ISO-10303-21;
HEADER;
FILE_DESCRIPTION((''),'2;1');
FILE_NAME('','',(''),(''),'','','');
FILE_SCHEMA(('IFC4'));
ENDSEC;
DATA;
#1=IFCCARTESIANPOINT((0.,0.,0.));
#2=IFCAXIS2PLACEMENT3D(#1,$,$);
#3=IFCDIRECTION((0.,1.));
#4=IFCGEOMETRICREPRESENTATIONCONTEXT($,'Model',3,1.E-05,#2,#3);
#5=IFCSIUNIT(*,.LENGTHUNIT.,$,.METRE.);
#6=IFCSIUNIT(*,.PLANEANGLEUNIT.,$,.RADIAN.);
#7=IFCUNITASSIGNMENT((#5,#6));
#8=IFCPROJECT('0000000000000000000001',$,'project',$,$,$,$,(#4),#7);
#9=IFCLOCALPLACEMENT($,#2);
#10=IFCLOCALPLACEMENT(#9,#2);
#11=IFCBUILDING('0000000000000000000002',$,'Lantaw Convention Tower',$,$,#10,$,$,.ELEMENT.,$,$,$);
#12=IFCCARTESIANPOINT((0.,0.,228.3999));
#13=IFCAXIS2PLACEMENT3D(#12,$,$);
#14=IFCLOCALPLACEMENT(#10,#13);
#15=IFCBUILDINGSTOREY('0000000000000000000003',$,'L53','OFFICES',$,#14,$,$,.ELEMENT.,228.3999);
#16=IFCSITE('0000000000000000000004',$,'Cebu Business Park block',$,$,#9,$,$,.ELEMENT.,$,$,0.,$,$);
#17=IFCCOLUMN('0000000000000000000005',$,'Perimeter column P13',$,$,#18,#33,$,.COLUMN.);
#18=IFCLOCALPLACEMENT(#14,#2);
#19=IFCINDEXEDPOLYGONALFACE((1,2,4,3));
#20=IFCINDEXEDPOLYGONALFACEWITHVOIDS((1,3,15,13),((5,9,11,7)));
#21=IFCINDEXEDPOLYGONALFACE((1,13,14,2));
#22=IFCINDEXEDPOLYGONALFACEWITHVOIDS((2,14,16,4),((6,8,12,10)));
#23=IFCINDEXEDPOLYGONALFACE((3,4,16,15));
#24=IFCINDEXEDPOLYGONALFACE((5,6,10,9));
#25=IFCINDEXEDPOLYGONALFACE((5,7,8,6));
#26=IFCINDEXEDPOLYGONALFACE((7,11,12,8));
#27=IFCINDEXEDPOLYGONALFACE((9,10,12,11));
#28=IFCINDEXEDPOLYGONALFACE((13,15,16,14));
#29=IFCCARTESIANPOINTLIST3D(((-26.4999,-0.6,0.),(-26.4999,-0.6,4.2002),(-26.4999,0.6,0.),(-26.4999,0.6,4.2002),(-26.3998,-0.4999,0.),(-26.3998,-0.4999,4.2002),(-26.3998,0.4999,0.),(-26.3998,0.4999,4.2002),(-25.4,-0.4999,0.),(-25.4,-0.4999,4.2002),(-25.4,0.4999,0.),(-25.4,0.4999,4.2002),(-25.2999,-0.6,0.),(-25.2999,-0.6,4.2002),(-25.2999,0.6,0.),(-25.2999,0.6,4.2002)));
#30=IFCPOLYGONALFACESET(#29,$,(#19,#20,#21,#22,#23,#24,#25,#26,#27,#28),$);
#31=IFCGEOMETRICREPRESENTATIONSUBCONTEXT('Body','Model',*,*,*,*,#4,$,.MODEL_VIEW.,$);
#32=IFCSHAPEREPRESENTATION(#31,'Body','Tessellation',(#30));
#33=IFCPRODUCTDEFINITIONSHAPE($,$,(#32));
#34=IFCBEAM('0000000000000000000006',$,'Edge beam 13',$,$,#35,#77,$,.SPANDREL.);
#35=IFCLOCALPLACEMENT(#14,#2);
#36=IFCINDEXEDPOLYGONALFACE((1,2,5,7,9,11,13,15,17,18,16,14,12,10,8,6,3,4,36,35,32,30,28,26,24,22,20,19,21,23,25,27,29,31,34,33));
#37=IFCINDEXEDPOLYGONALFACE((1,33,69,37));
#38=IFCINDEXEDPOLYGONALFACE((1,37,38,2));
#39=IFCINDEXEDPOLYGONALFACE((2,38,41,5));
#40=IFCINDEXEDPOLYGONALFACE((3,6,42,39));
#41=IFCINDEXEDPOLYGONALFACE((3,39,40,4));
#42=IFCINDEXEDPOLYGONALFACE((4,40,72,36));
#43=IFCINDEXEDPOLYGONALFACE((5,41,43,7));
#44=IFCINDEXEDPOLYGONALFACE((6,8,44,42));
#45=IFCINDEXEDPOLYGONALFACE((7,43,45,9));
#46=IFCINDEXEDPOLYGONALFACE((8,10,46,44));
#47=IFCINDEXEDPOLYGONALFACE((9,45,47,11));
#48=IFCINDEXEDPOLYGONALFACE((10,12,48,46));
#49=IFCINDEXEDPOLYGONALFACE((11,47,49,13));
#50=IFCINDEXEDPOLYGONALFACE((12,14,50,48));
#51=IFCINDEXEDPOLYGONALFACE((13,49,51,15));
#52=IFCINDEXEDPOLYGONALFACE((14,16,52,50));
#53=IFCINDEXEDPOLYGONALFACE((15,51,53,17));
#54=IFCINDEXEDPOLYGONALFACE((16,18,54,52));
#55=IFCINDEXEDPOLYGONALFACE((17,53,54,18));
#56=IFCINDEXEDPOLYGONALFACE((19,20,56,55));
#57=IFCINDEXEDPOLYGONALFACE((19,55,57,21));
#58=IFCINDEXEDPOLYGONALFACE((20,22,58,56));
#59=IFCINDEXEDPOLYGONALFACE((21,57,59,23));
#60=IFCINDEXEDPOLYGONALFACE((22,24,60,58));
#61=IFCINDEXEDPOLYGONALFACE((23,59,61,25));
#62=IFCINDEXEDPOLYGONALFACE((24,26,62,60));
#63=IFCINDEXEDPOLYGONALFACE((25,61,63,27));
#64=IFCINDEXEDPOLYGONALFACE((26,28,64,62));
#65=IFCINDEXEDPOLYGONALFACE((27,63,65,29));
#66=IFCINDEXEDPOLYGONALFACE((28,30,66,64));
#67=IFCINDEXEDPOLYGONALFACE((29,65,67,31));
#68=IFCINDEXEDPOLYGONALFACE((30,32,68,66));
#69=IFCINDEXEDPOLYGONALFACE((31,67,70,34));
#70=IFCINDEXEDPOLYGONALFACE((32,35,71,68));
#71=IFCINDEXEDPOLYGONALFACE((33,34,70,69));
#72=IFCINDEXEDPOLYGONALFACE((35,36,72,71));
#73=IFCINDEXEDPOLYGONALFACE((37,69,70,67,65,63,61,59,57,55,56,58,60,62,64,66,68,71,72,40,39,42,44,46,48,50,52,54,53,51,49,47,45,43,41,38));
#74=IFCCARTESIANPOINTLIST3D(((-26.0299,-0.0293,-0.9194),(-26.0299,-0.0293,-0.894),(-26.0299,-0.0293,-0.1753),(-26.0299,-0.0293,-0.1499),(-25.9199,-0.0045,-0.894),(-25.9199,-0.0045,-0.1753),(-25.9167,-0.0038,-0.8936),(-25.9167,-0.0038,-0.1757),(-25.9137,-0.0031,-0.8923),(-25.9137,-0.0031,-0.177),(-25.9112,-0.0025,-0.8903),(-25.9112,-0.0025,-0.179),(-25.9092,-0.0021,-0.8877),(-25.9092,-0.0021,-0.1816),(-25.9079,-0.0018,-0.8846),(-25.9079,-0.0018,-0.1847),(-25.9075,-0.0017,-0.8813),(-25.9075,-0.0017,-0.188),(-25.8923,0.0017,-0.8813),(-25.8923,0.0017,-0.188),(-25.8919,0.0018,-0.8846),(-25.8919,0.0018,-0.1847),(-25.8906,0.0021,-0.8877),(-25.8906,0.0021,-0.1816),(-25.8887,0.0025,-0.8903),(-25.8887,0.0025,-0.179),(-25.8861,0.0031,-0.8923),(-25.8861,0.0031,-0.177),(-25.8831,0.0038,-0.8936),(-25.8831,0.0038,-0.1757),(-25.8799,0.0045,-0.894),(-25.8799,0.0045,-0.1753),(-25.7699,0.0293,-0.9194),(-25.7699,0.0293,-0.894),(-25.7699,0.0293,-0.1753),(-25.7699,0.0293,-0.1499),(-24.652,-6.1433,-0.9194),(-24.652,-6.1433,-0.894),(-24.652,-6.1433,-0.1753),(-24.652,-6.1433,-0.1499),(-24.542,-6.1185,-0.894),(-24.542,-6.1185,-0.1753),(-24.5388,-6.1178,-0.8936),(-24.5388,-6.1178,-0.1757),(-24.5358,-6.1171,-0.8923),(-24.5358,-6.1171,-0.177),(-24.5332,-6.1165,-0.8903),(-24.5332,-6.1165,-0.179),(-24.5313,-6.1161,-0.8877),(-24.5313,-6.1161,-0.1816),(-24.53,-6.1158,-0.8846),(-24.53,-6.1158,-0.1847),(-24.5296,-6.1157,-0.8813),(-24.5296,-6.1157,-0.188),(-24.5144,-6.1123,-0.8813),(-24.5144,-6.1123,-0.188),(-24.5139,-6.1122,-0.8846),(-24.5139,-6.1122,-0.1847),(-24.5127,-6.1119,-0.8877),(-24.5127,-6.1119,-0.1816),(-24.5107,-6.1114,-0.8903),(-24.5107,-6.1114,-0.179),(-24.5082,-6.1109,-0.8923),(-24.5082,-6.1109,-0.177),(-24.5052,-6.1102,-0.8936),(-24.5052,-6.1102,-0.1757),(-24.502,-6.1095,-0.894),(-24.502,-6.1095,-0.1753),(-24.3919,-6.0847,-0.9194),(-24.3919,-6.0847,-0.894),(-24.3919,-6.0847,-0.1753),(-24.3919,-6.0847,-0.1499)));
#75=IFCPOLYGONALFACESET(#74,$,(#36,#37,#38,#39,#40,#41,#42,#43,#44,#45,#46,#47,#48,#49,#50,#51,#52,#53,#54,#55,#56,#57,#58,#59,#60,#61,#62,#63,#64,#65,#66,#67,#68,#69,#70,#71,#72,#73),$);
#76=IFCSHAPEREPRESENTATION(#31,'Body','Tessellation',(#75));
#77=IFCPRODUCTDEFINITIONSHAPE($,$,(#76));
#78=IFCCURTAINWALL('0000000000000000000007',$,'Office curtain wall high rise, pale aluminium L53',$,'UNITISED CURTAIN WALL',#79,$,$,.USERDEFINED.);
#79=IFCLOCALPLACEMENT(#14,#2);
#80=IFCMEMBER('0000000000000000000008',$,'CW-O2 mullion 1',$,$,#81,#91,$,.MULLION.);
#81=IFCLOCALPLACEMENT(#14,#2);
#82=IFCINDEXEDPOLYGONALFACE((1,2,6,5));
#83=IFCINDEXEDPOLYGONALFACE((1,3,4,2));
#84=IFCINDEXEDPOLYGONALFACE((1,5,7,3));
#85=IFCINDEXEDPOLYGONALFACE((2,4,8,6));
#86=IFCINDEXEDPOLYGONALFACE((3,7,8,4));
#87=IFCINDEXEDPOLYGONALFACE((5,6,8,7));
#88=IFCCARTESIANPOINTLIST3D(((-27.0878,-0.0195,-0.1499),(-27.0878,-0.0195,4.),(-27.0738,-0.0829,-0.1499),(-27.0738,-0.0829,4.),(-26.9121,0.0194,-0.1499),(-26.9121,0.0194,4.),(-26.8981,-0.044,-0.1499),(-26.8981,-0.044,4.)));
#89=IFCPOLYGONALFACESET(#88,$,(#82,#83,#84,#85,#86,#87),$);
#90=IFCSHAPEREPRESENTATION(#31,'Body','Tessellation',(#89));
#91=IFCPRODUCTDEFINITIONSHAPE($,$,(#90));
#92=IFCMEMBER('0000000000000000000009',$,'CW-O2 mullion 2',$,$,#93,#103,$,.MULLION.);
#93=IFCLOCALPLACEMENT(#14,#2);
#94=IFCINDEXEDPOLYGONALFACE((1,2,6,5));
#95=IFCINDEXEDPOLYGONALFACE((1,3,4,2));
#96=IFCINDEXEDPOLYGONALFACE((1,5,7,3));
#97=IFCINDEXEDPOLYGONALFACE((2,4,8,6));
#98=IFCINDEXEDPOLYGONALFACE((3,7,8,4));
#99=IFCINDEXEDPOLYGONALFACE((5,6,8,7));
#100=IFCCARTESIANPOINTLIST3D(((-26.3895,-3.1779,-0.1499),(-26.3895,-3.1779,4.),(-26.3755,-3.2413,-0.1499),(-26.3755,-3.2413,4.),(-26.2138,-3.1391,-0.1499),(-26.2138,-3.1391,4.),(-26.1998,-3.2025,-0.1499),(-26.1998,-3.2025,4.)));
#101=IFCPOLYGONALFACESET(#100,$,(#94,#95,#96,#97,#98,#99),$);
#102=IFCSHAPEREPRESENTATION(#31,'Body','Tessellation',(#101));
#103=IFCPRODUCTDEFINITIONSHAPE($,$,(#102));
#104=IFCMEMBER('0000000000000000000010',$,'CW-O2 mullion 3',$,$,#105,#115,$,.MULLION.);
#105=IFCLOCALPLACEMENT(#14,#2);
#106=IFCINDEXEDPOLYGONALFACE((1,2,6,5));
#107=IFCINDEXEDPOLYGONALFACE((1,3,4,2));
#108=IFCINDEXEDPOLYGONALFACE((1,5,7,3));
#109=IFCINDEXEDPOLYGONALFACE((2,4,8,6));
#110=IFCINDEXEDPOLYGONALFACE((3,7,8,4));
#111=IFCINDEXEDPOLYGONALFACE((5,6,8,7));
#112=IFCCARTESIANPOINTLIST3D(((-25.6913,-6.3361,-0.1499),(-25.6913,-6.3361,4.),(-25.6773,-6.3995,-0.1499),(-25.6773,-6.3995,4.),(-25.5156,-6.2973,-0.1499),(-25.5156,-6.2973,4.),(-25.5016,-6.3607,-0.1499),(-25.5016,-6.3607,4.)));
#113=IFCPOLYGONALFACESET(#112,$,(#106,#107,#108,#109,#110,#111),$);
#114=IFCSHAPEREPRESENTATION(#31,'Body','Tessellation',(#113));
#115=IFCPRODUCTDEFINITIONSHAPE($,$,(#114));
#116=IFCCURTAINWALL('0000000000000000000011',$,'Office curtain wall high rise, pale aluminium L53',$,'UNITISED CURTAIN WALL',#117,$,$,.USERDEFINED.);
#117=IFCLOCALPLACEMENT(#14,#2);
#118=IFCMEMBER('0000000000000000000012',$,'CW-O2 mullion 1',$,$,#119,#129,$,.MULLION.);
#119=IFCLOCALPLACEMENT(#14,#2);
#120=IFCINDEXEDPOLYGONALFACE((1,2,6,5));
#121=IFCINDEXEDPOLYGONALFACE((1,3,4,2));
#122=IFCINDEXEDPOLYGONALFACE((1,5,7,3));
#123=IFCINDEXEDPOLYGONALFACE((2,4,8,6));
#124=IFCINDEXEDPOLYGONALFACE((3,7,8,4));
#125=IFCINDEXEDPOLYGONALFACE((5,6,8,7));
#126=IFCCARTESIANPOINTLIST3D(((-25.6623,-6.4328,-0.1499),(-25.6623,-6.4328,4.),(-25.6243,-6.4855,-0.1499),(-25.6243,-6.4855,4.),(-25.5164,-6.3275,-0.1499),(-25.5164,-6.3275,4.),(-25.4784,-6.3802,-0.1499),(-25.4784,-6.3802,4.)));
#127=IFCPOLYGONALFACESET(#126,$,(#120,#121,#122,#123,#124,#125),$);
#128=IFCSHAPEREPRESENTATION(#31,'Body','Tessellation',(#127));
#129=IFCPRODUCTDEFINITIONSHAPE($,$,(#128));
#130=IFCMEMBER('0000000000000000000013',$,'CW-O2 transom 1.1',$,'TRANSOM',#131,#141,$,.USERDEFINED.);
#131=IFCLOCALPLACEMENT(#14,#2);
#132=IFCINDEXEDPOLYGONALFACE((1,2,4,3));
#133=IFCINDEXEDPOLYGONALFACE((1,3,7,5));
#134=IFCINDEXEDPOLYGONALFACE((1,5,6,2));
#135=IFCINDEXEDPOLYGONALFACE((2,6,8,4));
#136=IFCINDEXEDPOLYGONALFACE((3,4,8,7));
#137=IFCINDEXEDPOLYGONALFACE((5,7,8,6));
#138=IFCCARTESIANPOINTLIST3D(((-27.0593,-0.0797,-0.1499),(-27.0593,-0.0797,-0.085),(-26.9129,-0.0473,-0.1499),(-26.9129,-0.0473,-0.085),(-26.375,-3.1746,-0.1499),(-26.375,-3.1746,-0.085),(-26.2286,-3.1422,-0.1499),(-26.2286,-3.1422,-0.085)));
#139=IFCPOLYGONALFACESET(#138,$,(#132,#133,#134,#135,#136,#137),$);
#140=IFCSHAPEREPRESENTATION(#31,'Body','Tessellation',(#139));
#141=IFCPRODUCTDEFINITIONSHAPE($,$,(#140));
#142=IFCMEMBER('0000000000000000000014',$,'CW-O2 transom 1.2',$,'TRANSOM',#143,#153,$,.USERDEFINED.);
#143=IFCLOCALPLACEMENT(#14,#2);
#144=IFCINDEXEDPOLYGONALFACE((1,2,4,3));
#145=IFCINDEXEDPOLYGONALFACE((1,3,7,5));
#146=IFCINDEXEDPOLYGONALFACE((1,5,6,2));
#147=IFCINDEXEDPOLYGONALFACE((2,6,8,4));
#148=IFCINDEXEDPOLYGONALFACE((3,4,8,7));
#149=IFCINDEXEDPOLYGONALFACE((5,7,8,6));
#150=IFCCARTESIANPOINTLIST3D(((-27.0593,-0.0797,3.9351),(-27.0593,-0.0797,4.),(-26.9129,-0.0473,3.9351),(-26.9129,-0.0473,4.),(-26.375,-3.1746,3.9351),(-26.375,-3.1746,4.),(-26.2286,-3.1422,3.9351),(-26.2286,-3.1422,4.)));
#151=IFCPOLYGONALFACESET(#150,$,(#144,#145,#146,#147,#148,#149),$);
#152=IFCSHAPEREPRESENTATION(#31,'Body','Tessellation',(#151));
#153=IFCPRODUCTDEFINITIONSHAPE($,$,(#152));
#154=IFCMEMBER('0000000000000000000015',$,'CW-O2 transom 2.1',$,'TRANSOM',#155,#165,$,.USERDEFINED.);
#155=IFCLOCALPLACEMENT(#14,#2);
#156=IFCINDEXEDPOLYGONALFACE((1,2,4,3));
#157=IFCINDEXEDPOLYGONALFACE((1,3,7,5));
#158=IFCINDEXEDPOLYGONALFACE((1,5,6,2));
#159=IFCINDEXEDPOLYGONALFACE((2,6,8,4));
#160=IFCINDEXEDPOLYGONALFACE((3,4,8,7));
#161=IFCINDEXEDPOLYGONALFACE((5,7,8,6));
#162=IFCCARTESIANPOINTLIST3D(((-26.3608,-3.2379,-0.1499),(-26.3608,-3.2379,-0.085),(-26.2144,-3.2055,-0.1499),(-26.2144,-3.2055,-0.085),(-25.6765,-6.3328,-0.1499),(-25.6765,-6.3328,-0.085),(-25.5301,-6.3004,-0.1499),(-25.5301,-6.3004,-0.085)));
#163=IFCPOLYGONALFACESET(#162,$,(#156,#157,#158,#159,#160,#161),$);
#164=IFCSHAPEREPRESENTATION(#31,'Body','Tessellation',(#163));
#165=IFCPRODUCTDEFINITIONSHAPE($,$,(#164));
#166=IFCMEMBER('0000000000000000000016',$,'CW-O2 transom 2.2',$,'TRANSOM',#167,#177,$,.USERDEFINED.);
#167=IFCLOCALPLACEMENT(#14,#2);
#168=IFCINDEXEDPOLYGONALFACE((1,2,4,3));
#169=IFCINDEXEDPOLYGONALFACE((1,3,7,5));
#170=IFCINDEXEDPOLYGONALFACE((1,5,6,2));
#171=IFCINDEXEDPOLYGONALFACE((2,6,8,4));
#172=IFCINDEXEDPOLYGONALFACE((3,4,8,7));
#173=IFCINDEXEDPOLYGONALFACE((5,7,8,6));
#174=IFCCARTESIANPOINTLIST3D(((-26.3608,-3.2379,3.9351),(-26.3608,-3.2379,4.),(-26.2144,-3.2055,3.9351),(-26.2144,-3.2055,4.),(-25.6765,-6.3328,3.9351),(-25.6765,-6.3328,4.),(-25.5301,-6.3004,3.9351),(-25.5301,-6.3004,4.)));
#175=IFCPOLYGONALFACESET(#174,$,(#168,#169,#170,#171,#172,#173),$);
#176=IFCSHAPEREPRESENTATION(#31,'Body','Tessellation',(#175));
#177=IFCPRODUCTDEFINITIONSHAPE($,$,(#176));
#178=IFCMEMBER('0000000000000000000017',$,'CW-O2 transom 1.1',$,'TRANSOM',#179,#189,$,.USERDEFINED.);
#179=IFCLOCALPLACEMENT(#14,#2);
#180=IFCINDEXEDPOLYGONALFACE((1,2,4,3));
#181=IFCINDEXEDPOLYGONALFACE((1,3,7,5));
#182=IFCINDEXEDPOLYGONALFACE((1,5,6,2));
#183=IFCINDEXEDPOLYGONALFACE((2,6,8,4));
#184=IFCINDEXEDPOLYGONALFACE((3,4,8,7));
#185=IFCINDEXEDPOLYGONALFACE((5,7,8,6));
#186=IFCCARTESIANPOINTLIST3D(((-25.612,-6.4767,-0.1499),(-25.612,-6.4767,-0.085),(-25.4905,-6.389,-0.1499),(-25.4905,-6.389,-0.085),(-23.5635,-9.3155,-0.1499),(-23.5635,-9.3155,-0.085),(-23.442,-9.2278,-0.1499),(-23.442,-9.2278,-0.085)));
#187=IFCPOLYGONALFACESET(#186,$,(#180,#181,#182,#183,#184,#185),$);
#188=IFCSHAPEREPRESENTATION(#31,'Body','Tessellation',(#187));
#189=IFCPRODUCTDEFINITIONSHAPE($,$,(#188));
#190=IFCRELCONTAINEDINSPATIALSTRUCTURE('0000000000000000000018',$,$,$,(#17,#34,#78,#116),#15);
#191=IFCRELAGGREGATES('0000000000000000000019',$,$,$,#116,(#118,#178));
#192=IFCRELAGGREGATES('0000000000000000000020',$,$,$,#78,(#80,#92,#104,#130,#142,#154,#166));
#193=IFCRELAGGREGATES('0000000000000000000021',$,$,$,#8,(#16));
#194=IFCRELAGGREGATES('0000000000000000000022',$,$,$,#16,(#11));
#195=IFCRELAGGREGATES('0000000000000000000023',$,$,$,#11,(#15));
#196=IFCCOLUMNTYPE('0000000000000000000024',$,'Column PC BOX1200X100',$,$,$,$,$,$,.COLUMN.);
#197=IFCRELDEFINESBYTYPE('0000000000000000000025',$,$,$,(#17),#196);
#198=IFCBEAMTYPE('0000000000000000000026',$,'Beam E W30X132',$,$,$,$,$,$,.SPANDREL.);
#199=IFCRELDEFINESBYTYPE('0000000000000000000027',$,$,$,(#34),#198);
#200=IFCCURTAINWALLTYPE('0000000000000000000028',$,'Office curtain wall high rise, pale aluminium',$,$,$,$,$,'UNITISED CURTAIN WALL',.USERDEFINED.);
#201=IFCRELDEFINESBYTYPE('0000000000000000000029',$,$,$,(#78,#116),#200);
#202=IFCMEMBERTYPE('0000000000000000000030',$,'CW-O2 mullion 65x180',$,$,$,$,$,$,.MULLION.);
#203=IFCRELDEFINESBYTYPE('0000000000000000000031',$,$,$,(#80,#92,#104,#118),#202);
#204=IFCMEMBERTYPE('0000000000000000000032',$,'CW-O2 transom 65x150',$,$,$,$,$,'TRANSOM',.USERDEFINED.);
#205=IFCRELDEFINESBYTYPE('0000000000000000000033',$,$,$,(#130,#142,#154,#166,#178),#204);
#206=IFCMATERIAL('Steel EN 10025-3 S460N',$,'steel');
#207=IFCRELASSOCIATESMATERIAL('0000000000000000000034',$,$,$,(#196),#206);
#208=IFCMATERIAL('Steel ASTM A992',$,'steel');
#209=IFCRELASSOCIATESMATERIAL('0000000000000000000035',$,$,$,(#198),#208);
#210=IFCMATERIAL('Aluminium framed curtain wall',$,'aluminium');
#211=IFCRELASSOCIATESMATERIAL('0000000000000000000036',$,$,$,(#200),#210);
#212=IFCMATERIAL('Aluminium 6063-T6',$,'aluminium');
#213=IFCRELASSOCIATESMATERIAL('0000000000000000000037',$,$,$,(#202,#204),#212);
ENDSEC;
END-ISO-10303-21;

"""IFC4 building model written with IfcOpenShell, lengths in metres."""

from ifc_helpers import new_model, si_unit, direction, frame, origin, origin_2d, place, context, subcontext, project, spatial, rectangle, hollow_rectangle, i_section, extrude, material, material_profile, profile_set, type_object, element, aggregate, save


model = new_model("IFC4")

# Units and contexts
model_context = context("Model", 3, precision=1e-05, world=origin(), true_north=direction((0.0, 1.0)))
body_context = subcontext(model_context, "Body", "Model", "MODEL_VIEW")
ifc_project = project(units=[si_unit("LENGTHUNIT", "METRE"), si_unit("PLANEANGLEUNIT", "RADIAN")], contexts=[model_context])

# Site, building, storey
site_placement = place(None, origin())
site = spatial("IfcSite", under=ifc_project, at=site_placement, Name="Cebu Business Park block", CompositionType="ELEMENT", RefElevation=0.0)
building_placement = place(site_placement, origin())
building = spatial("IfcBuilding", under=site, at=building_placement, Name="Lantaw Convention Tower", CompositionType="ELEMENT")
storey_placement = place(building_placement, frame((0.0, 0.0, 228.3999)))
storey = spatial("IfcBuildingStorey", under=building, at=storey_placement, Name="L53", Description="OFFICES", CompositionType="ELEMENT", Elevation=228.3999)

# Column
ifc_material_1 = material(Name="Steel EN 10025-3 S460N", Category="steel")
ifc_material_profile_1 = material_profile(ifc_material_1, hollow_rectangle(XDim=1.2, YDim=1.2, WallThickness=0.1001, at=origin_2d()), Name="BOX1200X100")
ifc_material_2 = material(Name="Concrete C60/75", Category="concrete")
ifc_material_profile_2 = material_profile(ifc_material_2, rectangle(XDim=1.0, YDim=1.0, at=origin_2d()), Name="Concrete fill of BOX1200X100")
ifc_profile_set_1 = profile_set([ifc_material_profile_1, ifc_material_profile_2], Name="Steel EN 10025-3 S460N")
column_type = type_object("IfcColumnType", Name="Column PC BOX1200X100", PredefinedType="COLUMN", material=ifc_profile_set_1)
column_placement = place(storey_placement, frame((-25.8999, 0.0, 0.0), z_axis=(0.0, 0.0, 1.0), x_axis=(1.0, 0.0, 0.0)))
element("IfcColumn", 1, at=column_placement, inside=storey, type_object=column_type, Name="Perimeter column P13", PredefinedType="COLUMN", context=body_context, shape_type="SweptSolid", body=[
    extrude(hollow_rectangle(XDim=1.2, YDim=1.2, WallThickness=0.1001, at=origin_2d()), origin(), (0.0, 0.0, 1.0), 4.2002),
])

# Beam
ifc_material_3 = material(Name="Steel ASTM A992", Category="steel")
ifc_material_profile_3 = material_profile(ifc_material_3, i_section(OverallWidth=0.2666, OverallDepth=0.7695, WebThickness=0.0156, FlangeThickness=0.0254, FilletRadius=0.0127, at=origin_2d()), Name="W30X132")
ifc_profile_set_2 = profile_set([ifc_material_profile_3], Name="Steel ASTM A992")
beam_type = type_object("IfcBeamType", Name="Beam E W30X132", PredefinedType="SPANDREL", material=ifc_profile_set_2)
beam_placement = place(storey_placement, frame((-25.8999, 0.0, -0.5347), z_axis=(0.219858, -0.975532, 0.0), x_axis=(0.975532, 0.219858, 0.0)))
element("IfcBeam", 2, at=beam_placement, inside=storey, type_object=beam_type, Name="Edge beam 13", PredefinedType="SPANDREL", context=body_context, shape_type="SweptSolid", body=[
    extrude(i_section(OverallWidth=0.2666, OverallDepth=0.7695, WebThickness=0.0156, FlangeThickness=0.0254, FilletRadius=0.0127, at=origin_2d()), origin(), (0.0, 0.0, 1.0), 6.2673),
])

# Curtain wall, members
ifc_material_4 = material(Name="Aluminium framed curtain wall", Category="aluminium")
curtain_wall_type = type_object("IfcCurtainWallType", Name="Office curtain wall high rise, pale aluminium", ElementType="UNITISED CURTAIN WALL", PredefinedType="USERDEFINED", material=ifc_material_4)
curtain_wall_1_placement = place(storey_placement, origin())
curtain_wall_1 = element("IfcCurtainWall", 3, at=curtain_wall_1_placement, inside=storey, type_object=curtain_wall_type, Name="Office curtain wall high rise, pale aluminium L53", ObjectType="UNITISED CURTAIN WALL", PredefinedType="USERDEFINED")
ifc_material_5 = material(Name="Aluminium 6063-T6", Category="aluminium")
ifc_material_profile_4 = material_profile(ifc_material_5, rectangle(XDim=0.1799, YDim=0.0649, at=origin_2d()), Name="CW-O2 mullion 65x180")
ifc_profile_set_3 = profile_set([ifc_material_profile_4], Name="Aluminium 6063-T6")
member_type_1 = type_object("IfcMemberType", Name="CW-O2 mullion 65x180", PredefinedType="MULLION", material=ifc_profile_set_3)
member_1_placement = place(storey_placement, frame((-26.9929, -0.0317, -0.1499), z_axis=(0.0, 0.0, 1.0), x_axis=(0.976417, 0.215891, 0.0)))
member_1 = element("IfcMember", 4, at=member_1_placement, type_object=member_type_1, Name="CW-O2 mullion 1", PredefinedType="MULLION", context=body_context, shape_type="SweptSolid", body=[
    extrude(rectangle(XDim=0.1799, YDim=0.0649, at=origin_2d()), origin(), (0.0, 0.0, 1.0), 4.1499),
])
member_2_placement = place(storey_placement, frame((-26.2947, -3.1902, -0.1499), z_axis=(0.0, 0.0, 1.0), x_axis=(0.976417, 0.215891, 0.0)))
member_2 = element("IfcMember", 5, at=member_2_placement, type_object=member_type_1, Name="CW-O2 mullion 2", PredefinedType="MULLION", context=body_context, shape_type="SweptSolid", body=[
    extrude(rectangle(XDim=0.1799, YDim=0.0649, at=origin_2d()), origin(), (0.0, 0.0, 1.0), 4.1499),
])
member_3_placement = place(storey_placement, frame((-25.5964, -6.3484, -0.1499), z_axis=(0.0, 0.0, 1.0), x_axis=(0.976417, 0.215891, 0.0)))
member_3 = element("IfcMember", 6, at=member_3_placement, type_object=member_type_1, Name="CW-O2 mullion 3", PredefinedType="MULLION", context=body_context, shape_type="SweptSolid", body=[
    extrude(rectangle(XDim=0.1799, YDim=0.0649, at=origin_2d()), origin(), (0.0, 0.0, 1.0), 4.1499),
])

# Curtain wall, member
curtain_wall_2_placement = place(storey_placement, origin())
curtain_wall_2 = element("IfcCurtainWall", 7, at=curtain_wall_2_placement, inside=storey, type_object=curtain_wall_type, Name="Office curtain wall high rise, pale aluminium L53", ObjectType="UNITISED CURTAIN WALL", PredefinedType="USERDEFINED")
member_4_placement = place(storey_placement, frame((-25.5703, -6.4065, -0.1499), z_axis=(0.0, 0.0, 1.0), x_axis=(0.81092, 0.585158, 0.0)))
member_4 = element("IfcMember", 8, at=member_4_placement, type_object=member_type_1, Name="CW-O2 mullion 1", PredefinedType="MULLION", context=body_context, shape_type="SweptSolid", body=[
    extrude(rectangle(XDim=0.1799, YDim=0.0649, at=origin_2d()), origin(), (0.0, 0.0, 1.0), 4.1499),
])

# Members
ifc_material_profile_5 = material_profile(ifc_material_5, rectangle(XDim=0.1499, YDim=0.0649, at=origin_2d()), Name="CW-O2 transom 65x150")
ifc_profile_set_4 = profile_set([ifc_material_profile_5], Name="Aluminium 6063-T6")
member_type_2 = type_object("IfcMemberType", Name="CW-O2 transom 65x150", ElementType="TRANSOM", PredefinedType="USERDEFINED", material=ifc_profile_set_4)
member_5_placement = place(storey_placement, frame((-26.9861, -0.0635, -0.1174), z_axis=(0.215895, -0.976417, 0.0), x_axis=(0.976417, 0.215895, 0.0)))
member_5 = element("IfcMember", 9, at=member_5_placement, type_object=member_type_2, Name="CW-O2 transom 1.1", ObjectType="TRANSOM", PredefinedType="USERDEFINED", context=body_context, shape_type="SweptSolid", body=[
    extrude(rectangle(XDim=0.1499, YDim=0.0649, at=origin_2d()), origin(), (0.0, 0.0, 1.0), 3.1697),
])
member_6_placement = place(storey_placement, frame((-26.9861, -0.0635, 3.9675), z_axis=(0.215895, -0.976417, 0.0), x_axis=(0.976417, 0.215895, 0.0)))
member_6 = element("IfcMember", 10, at=member_6_placement, type_object=member_type_2, Name="CW-O2 transom 1.2", ObjectType="TRANSOM", PredefinedType="USERDEFINED", context=body_context, shape_type="SweptSolid", body=[
    extrude(rectangle(XDim=0.1499, YDim=0.0649, at=origin_2d()), origin(), (0.0, 0.0, 1.0), 3.1697),
])
member_7_placement = place(storey_placement, frame((-26.2876, -3.2217, -0.1174), z_axis=(0.215895, -0.976417, 0.0), x_axis=(0.976417, 0.215895, 0.0)))
member_7 = element("IfcMember", 11, at=member_7_placement, type_object=member_type_2, Name="CW-O2 transom 2.1", ObjectType="TRANSOM", PredefinedType="USERDEFINED", context=body_context, shape_type="SweptSolid", body=[
    extrude(rectangle(XDim=0.1499, YDim=0.0649, at=origin_2d()), origin(), (0.0, 0.0, 1.0), 3.1697),
])
member_8_placement = place(storey_placement, frame((-26.2876, -3.2217, 3.9675), z_axis=(0.215895, -0.976417, 0.0), x_axis=(0.976417, 0.215895, 0.0)))
member_8 = element("IfcMember", 12, at=member_8_placement, type_object=member_type_2, Name="CW-O2 transom 2.2", ObjectType="TRANSOM", PredefinedType="USERDEFINED", context=body_context, shape_type="SweptSolid", body=[
    extrude(rectangle(XDim=0.1499, YDim=0.0649, at=origin_2d()), origin(), (0.0, 0.0, 1.0), 3.1697),
])
member_9_placement = place(storey_placement, frame((-25.5513, -6.4329, -0.1174), z_axis=(0.58517, -0.810911, 0.0), x_axis=(0.810911, 0.58517, 0.0)))
member_9 = element("IfcMember", 13, at=member_9_placement, type_object=member_type_2, Name="CW-O2 transom 1.1", ObjectType="TRANSOM", PredefinedType="USERDEFINED", context=body_context, shape_type="SweptSolid", body=[
    extrude(rectangle(XDim=0.1499, YDim=0.0649, at=origin_2d()), origin(), (0.0, 0.0, 1.0), 3.5007),
])
aggregate(curtain_wall_2, [member_4, member_9])

aggregate(curtain_wall_1, [member_1, member_2, member_3, member_5, member_6, member_7, member_8])

save(model, "model.ifc")
